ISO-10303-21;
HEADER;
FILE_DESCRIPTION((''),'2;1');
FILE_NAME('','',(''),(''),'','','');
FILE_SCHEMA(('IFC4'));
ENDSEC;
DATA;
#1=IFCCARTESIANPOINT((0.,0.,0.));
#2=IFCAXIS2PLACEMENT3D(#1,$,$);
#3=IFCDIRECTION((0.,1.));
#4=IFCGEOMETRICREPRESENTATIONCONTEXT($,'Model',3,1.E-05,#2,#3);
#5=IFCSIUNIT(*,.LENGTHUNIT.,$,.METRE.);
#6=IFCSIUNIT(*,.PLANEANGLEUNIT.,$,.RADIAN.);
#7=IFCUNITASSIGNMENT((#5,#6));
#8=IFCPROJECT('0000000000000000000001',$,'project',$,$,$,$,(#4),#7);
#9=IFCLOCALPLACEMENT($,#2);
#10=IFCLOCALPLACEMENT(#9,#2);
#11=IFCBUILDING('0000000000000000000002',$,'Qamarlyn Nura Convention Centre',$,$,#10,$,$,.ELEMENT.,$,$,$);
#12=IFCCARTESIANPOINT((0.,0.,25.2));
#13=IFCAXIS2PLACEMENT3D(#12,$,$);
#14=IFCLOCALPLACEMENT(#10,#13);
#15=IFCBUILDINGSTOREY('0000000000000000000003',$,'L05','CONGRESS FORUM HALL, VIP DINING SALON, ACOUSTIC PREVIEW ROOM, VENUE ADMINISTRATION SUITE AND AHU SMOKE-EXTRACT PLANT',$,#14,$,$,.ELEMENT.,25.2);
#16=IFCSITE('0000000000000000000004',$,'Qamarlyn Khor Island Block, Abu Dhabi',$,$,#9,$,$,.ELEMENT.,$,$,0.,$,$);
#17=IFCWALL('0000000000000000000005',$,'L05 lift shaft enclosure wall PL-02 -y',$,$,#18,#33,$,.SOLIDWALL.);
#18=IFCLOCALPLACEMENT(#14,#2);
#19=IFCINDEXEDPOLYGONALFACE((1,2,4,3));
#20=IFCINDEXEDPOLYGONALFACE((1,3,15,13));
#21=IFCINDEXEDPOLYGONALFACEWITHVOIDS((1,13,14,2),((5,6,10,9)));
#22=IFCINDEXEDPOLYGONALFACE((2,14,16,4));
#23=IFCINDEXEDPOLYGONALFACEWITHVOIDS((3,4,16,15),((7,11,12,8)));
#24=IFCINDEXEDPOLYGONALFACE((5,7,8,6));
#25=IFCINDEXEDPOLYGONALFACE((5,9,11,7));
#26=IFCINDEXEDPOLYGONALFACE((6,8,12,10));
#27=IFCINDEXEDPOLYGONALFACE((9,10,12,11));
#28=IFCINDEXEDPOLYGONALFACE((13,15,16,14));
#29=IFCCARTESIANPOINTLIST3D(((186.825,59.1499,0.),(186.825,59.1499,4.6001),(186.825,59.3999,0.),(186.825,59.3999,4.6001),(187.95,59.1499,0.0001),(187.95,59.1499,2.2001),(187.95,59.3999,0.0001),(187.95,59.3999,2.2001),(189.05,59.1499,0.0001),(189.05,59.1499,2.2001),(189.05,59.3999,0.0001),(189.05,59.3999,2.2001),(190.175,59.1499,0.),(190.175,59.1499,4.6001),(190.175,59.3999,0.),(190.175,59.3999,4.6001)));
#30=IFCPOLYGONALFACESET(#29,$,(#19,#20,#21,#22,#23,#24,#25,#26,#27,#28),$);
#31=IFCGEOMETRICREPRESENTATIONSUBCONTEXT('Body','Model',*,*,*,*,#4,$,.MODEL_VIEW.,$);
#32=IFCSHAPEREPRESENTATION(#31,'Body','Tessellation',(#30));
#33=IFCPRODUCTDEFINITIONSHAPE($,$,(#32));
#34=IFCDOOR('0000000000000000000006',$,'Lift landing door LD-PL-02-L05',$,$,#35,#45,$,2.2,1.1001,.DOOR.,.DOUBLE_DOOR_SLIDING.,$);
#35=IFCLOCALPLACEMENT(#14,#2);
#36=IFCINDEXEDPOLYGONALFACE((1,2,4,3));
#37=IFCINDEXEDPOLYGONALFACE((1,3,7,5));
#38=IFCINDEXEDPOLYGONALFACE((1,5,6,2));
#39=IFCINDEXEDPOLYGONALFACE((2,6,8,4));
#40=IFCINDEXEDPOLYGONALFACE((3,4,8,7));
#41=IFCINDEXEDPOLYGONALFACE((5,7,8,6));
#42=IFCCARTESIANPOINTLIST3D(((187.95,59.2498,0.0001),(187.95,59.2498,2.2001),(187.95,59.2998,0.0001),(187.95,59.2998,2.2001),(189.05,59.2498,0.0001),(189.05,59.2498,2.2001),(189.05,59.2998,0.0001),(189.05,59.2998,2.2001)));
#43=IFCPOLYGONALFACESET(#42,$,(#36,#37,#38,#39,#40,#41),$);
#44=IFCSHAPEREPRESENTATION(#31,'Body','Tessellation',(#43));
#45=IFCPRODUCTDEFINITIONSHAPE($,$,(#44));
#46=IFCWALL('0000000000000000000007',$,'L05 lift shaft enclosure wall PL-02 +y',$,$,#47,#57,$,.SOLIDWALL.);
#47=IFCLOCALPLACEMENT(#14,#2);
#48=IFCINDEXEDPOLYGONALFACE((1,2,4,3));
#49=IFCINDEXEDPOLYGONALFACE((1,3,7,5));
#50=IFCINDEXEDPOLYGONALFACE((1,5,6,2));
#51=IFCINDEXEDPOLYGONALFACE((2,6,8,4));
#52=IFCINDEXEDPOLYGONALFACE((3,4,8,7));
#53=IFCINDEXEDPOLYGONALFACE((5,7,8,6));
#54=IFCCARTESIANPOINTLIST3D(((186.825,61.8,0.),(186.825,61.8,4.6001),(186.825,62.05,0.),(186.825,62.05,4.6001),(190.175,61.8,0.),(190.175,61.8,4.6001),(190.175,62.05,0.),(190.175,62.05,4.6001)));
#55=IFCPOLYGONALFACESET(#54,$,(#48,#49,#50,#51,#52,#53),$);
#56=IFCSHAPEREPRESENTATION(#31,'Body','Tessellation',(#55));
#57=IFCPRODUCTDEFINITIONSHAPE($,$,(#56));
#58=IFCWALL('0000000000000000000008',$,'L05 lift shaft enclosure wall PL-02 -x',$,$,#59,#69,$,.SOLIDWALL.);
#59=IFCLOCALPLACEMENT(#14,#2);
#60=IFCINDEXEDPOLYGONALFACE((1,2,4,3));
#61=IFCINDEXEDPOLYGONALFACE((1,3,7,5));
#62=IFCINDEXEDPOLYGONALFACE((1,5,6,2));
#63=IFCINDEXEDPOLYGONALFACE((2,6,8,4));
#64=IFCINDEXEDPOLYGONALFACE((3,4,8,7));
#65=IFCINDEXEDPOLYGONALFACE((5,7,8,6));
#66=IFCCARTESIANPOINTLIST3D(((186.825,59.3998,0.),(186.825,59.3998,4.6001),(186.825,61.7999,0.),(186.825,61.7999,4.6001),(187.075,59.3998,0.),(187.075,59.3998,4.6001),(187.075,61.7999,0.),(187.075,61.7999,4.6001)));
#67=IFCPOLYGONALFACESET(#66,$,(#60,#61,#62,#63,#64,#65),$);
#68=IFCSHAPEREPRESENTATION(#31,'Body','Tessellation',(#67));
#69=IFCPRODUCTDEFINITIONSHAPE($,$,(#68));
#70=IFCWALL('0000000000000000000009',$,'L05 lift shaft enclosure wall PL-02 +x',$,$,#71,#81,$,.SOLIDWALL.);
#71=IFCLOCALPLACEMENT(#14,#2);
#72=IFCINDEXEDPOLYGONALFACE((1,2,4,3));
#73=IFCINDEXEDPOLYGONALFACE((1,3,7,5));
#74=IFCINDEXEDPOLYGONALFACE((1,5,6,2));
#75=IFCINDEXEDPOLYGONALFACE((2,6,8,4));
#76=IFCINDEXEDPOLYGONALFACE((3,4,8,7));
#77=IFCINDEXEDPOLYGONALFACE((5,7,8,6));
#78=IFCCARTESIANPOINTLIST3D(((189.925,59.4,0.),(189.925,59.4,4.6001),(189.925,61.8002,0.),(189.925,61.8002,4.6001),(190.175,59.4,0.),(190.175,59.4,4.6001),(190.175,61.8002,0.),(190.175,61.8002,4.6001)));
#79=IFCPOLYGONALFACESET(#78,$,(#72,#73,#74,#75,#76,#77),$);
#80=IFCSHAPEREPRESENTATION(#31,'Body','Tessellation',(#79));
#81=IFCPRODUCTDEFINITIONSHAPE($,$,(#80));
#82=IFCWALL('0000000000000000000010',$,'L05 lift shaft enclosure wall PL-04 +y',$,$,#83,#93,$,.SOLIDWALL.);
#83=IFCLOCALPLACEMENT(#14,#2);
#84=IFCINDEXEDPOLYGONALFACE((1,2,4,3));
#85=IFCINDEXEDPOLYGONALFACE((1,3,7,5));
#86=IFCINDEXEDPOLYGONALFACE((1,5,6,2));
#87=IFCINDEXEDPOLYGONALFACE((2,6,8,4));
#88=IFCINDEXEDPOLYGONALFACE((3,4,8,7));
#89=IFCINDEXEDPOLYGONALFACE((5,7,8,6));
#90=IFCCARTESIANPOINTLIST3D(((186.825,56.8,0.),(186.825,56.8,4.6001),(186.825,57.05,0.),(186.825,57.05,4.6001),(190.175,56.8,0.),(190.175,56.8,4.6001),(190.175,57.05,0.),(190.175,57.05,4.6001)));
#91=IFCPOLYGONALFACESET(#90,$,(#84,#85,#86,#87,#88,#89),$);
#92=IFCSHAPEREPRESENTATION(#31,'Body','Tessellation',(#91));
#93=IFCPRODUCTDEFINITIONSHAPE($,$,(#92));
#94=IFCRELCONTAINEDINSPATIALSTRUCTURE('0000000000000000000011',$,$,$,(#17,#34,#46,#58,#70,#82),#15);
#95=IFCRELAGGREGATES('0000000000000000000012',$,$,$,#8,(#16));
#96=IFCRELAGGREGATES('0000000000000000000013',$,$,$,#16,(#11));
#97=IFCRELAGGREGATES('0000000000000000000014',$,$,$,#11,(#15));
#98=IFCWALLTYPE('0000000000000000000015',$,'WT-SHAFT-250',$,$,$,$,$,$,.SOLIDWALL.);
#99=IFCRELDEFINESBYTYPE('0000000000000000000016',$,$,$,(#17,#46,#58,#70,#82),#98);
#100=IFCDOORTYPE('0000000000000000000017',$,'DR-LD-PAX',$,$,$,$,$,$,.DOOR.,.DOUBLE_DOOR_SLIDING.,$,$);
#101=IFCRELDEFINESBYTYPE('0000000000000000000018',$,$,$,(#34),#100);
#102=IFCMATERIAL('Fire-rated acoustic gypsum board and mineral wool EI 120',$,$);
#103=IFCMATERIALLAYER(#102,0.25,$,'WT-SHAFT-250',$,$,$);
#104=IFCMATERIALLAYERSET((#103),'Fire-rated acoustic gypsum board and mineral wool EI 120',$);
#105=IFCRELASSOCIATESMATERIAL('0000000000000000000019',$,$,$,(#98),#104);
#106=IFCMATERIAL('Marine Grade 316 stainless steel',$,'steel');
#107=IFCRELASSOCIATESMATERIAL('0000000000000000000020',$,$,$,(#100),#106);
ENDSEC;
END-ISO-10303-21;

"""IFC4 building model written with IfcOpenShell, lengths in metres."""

from ifc_helpers import new_model, si_unit, direction, frame, frame_2d, origin, place, context, subcontext, project, spatial, rectangle, extrude, material, layer, layer_set, type_object, element, fill, save


model = new_model("IFC4")

# Units and contexts
model_context = context("Model", 3, precision=1e-05, world=origin(), true_north=direction((0.0, 1.0)))
body_context = subcontext(model_context, "Body", "Model", "MODEL_VIEW")
ifc_project = project(units=[si_unit("LENGTHUNIT", "METRE"), si_unit("PLANEANGLEUNIT", "RADIAN")], contexts=[model_context])

# Site, building, storey
site_placement = place(None, origin())
site = spatial("IfcSite", under=ifc_project, at=site_placement, Name="Qamarlyn Khor Island Block, Abu Dhabi", CompositionType="ELEMENT", RefElevation=0.0)
building_placement = place(site_placement, origin())
building = spatial("IfcBuilding", under=site, at=building_placement, Name="Qamarlyn Nura Convention Centre", CompositionType="ELEMENT")
storey_placement = place(building_placement, frame((0.0, 0.0, 25.2)))
storey = spatial("IfcBuildingStorey", under=building, at=storey_placement, Name="L05", Description="CONGRESS FORUM HALL, VIP DINING SALON, ACOUSTIC PREVIEW ROOM, VENUE ADMINISTRATION SUITE AND AHU SMOKE-EXTRACT PLANT", CompositionType="ELEMENT", Elevation=25.2)

# Wall, opening, door
ifc_material_1 = material(Name="Fire-rated acoustic gypsum board and mineral wool EI 120")
ifc_layer_1 = layer(ifc_material_1, 0.25, Name="WT-SHAFT-250")
ifc_layer_set_1 = layer_set([ifc_layer_1], Name="Fire-rated acoustic gypsum board and mineral wool EI 120")
wall_type_1 = type_object("IfcWallType", Name="WT-SHAFT-250", PredefinedType="SOLIDWALL", material=ifc_layer_set_1)
wall_1_placement = place(storey_placement, frame((186.825, 59.2749, 0.0), z_axis=(0.0, 0.0, 1.0), x_axis=(1.0, 0.0, 0.0)))
wall_1 = element("IfcWall", 1, at=wall_1_placement, inside=storey, type_object=wall_type_1, Name="L05 lift shaft enclosure wall PL-02 -y", PredefinedType="SOLIDWALL", context=body_context, shape_type="SweptSolid", body=[
    extrude(rectangle(XDim=3.3501, YDim=0.25, at=frame_2d((1.675, 0.0))), origin(), (0.0, 0.0, 1.0), 4.6001),
])
opening_1_placement = place(wall_1_placement, frame((1.125, 0.0, 0.0)))
opening_1 = element("IfcOpeningElement", 2, at=opening_1_placement, cuts=wall_1, PredefinedType="OPENING", context=body_context, shape_type="SweptSolid", body=[
    extrude(rectangle(XDim=1.1001, YDim=2.2, at=frame_2d((0.55, 1.1001))), frame((0.0, 0.135, 0.0), z_axis=(0.0, -1.0, 0.0), x_axis=(1.0, 0.0, 0.0)), (0.0, 0.0, 1.0), 0.27),
])
ifc_material_2 = material(Name="Marine Grade 316 stainless steel", Category="steel")
door_type = type_object("IfcDoorType", Name="DR-LD-PAX", OperationType="DOUBLE_DOOR_SLIDING", PredefinedType="DOOR", material=ifc_material_2)
door_placement = place(opening_1_placement, origin())
door = element("IfcDoor", 3, at=door_placement, inside=storey, type_object=door_type, Name="Lift landing door LD-PL-02-L05", OperationType="DOUBLE_DOOR_SLIDING", OverallHeight=2.2, OverallWidth=1.1001, PredefinedType="DOOR", context=body_context, shape_type="SweptSolid", body=[
    extrude(rectangle(XDim=1.1001, YDim=2.2, at=frame_2d((0.55, 1.1001))), frame((0.0, 0.0249, 0.0), z_axis=(0.0, -1.0, 0.0), x_axis=(1.0, 0.0, 0.0)), (0.0, 0.0, 1.0), 0.05),
])
fill(opening_1, door)

# Walls
wall_2_placement = place(storey_placement, frame((190.175, 61.925, 0.0), z_axis=(0.0, 0.0, 1.0), x_axis=(-1.0, 0.0, 0.0)))
element("IfcWall", 4, at=wall_2_placement, inside=storey, type_object=wall_type_1, Name="L05 lift shaft enclosure wall PL-02 +y", PredefinedType="SOLIDWALL", context=body_context, shape_type="SweptSolid", body=[
    extrude(rectangle(XDim=3.3501, YDim=0.25, at=frame_2d((1.675, 0.0))), origin(), (0.0, 0.0, 1.0), 4.6001),
])
for number, where, z_axis, x_axis, name in (
    (5, (186.95, 61.8, 0.0), (0.0, 0.0, 1.0), (0.0, -1.0, 0.0), "L05 lift shaft enclosure wall PL-02 -x"),
    (6, (190.05, 59.3999, 0.0), (0.0, 0.0, 1.0), (0.0, 1.0, 0.0), "L05 lift shaft enclosure wall PL-02 +x"),
):
    element("IfcWall", number, at=place(storey_placement, frame(where, z_axis=z_axis, x_axis=x_axis)), inside=storey, type_object=wall_type_1, Name=name, PredefinedType="SOLIDWALL", context=body_context, shape_type="SweptSolid", body=[
        extrude(rectangle(XDim=2.4001, YDim=0.25, at=frame_2d((1.2002, 0.0))), origin(), (0.0, 0.0, 1.0), 4.6001),
    ])
wall_3_placement = place(storey_placement, frame((190.175, 56.925, 0.0), z_axis=(0.0, 0.0, 1.0), x_axis=(-1.0, 0.0, 0.0)))
element("IfcWall", 7, at=wall_3_placement, inside=storey, type_object=wall_type_1, Name="L05 lift shaft enclosure wall PL-04 +y", PredefinedType="SOLIDWALL", context=body_context, shape_type="SweptSolid", body=[
    extrude(rectangle(XDim=3.3501, YDim=0.25, at=frame_2d((1.675, 0.0))), origin(), (0.0, 0.0, 1.0), 4.6001),
])

save(model, "model.ifc")
